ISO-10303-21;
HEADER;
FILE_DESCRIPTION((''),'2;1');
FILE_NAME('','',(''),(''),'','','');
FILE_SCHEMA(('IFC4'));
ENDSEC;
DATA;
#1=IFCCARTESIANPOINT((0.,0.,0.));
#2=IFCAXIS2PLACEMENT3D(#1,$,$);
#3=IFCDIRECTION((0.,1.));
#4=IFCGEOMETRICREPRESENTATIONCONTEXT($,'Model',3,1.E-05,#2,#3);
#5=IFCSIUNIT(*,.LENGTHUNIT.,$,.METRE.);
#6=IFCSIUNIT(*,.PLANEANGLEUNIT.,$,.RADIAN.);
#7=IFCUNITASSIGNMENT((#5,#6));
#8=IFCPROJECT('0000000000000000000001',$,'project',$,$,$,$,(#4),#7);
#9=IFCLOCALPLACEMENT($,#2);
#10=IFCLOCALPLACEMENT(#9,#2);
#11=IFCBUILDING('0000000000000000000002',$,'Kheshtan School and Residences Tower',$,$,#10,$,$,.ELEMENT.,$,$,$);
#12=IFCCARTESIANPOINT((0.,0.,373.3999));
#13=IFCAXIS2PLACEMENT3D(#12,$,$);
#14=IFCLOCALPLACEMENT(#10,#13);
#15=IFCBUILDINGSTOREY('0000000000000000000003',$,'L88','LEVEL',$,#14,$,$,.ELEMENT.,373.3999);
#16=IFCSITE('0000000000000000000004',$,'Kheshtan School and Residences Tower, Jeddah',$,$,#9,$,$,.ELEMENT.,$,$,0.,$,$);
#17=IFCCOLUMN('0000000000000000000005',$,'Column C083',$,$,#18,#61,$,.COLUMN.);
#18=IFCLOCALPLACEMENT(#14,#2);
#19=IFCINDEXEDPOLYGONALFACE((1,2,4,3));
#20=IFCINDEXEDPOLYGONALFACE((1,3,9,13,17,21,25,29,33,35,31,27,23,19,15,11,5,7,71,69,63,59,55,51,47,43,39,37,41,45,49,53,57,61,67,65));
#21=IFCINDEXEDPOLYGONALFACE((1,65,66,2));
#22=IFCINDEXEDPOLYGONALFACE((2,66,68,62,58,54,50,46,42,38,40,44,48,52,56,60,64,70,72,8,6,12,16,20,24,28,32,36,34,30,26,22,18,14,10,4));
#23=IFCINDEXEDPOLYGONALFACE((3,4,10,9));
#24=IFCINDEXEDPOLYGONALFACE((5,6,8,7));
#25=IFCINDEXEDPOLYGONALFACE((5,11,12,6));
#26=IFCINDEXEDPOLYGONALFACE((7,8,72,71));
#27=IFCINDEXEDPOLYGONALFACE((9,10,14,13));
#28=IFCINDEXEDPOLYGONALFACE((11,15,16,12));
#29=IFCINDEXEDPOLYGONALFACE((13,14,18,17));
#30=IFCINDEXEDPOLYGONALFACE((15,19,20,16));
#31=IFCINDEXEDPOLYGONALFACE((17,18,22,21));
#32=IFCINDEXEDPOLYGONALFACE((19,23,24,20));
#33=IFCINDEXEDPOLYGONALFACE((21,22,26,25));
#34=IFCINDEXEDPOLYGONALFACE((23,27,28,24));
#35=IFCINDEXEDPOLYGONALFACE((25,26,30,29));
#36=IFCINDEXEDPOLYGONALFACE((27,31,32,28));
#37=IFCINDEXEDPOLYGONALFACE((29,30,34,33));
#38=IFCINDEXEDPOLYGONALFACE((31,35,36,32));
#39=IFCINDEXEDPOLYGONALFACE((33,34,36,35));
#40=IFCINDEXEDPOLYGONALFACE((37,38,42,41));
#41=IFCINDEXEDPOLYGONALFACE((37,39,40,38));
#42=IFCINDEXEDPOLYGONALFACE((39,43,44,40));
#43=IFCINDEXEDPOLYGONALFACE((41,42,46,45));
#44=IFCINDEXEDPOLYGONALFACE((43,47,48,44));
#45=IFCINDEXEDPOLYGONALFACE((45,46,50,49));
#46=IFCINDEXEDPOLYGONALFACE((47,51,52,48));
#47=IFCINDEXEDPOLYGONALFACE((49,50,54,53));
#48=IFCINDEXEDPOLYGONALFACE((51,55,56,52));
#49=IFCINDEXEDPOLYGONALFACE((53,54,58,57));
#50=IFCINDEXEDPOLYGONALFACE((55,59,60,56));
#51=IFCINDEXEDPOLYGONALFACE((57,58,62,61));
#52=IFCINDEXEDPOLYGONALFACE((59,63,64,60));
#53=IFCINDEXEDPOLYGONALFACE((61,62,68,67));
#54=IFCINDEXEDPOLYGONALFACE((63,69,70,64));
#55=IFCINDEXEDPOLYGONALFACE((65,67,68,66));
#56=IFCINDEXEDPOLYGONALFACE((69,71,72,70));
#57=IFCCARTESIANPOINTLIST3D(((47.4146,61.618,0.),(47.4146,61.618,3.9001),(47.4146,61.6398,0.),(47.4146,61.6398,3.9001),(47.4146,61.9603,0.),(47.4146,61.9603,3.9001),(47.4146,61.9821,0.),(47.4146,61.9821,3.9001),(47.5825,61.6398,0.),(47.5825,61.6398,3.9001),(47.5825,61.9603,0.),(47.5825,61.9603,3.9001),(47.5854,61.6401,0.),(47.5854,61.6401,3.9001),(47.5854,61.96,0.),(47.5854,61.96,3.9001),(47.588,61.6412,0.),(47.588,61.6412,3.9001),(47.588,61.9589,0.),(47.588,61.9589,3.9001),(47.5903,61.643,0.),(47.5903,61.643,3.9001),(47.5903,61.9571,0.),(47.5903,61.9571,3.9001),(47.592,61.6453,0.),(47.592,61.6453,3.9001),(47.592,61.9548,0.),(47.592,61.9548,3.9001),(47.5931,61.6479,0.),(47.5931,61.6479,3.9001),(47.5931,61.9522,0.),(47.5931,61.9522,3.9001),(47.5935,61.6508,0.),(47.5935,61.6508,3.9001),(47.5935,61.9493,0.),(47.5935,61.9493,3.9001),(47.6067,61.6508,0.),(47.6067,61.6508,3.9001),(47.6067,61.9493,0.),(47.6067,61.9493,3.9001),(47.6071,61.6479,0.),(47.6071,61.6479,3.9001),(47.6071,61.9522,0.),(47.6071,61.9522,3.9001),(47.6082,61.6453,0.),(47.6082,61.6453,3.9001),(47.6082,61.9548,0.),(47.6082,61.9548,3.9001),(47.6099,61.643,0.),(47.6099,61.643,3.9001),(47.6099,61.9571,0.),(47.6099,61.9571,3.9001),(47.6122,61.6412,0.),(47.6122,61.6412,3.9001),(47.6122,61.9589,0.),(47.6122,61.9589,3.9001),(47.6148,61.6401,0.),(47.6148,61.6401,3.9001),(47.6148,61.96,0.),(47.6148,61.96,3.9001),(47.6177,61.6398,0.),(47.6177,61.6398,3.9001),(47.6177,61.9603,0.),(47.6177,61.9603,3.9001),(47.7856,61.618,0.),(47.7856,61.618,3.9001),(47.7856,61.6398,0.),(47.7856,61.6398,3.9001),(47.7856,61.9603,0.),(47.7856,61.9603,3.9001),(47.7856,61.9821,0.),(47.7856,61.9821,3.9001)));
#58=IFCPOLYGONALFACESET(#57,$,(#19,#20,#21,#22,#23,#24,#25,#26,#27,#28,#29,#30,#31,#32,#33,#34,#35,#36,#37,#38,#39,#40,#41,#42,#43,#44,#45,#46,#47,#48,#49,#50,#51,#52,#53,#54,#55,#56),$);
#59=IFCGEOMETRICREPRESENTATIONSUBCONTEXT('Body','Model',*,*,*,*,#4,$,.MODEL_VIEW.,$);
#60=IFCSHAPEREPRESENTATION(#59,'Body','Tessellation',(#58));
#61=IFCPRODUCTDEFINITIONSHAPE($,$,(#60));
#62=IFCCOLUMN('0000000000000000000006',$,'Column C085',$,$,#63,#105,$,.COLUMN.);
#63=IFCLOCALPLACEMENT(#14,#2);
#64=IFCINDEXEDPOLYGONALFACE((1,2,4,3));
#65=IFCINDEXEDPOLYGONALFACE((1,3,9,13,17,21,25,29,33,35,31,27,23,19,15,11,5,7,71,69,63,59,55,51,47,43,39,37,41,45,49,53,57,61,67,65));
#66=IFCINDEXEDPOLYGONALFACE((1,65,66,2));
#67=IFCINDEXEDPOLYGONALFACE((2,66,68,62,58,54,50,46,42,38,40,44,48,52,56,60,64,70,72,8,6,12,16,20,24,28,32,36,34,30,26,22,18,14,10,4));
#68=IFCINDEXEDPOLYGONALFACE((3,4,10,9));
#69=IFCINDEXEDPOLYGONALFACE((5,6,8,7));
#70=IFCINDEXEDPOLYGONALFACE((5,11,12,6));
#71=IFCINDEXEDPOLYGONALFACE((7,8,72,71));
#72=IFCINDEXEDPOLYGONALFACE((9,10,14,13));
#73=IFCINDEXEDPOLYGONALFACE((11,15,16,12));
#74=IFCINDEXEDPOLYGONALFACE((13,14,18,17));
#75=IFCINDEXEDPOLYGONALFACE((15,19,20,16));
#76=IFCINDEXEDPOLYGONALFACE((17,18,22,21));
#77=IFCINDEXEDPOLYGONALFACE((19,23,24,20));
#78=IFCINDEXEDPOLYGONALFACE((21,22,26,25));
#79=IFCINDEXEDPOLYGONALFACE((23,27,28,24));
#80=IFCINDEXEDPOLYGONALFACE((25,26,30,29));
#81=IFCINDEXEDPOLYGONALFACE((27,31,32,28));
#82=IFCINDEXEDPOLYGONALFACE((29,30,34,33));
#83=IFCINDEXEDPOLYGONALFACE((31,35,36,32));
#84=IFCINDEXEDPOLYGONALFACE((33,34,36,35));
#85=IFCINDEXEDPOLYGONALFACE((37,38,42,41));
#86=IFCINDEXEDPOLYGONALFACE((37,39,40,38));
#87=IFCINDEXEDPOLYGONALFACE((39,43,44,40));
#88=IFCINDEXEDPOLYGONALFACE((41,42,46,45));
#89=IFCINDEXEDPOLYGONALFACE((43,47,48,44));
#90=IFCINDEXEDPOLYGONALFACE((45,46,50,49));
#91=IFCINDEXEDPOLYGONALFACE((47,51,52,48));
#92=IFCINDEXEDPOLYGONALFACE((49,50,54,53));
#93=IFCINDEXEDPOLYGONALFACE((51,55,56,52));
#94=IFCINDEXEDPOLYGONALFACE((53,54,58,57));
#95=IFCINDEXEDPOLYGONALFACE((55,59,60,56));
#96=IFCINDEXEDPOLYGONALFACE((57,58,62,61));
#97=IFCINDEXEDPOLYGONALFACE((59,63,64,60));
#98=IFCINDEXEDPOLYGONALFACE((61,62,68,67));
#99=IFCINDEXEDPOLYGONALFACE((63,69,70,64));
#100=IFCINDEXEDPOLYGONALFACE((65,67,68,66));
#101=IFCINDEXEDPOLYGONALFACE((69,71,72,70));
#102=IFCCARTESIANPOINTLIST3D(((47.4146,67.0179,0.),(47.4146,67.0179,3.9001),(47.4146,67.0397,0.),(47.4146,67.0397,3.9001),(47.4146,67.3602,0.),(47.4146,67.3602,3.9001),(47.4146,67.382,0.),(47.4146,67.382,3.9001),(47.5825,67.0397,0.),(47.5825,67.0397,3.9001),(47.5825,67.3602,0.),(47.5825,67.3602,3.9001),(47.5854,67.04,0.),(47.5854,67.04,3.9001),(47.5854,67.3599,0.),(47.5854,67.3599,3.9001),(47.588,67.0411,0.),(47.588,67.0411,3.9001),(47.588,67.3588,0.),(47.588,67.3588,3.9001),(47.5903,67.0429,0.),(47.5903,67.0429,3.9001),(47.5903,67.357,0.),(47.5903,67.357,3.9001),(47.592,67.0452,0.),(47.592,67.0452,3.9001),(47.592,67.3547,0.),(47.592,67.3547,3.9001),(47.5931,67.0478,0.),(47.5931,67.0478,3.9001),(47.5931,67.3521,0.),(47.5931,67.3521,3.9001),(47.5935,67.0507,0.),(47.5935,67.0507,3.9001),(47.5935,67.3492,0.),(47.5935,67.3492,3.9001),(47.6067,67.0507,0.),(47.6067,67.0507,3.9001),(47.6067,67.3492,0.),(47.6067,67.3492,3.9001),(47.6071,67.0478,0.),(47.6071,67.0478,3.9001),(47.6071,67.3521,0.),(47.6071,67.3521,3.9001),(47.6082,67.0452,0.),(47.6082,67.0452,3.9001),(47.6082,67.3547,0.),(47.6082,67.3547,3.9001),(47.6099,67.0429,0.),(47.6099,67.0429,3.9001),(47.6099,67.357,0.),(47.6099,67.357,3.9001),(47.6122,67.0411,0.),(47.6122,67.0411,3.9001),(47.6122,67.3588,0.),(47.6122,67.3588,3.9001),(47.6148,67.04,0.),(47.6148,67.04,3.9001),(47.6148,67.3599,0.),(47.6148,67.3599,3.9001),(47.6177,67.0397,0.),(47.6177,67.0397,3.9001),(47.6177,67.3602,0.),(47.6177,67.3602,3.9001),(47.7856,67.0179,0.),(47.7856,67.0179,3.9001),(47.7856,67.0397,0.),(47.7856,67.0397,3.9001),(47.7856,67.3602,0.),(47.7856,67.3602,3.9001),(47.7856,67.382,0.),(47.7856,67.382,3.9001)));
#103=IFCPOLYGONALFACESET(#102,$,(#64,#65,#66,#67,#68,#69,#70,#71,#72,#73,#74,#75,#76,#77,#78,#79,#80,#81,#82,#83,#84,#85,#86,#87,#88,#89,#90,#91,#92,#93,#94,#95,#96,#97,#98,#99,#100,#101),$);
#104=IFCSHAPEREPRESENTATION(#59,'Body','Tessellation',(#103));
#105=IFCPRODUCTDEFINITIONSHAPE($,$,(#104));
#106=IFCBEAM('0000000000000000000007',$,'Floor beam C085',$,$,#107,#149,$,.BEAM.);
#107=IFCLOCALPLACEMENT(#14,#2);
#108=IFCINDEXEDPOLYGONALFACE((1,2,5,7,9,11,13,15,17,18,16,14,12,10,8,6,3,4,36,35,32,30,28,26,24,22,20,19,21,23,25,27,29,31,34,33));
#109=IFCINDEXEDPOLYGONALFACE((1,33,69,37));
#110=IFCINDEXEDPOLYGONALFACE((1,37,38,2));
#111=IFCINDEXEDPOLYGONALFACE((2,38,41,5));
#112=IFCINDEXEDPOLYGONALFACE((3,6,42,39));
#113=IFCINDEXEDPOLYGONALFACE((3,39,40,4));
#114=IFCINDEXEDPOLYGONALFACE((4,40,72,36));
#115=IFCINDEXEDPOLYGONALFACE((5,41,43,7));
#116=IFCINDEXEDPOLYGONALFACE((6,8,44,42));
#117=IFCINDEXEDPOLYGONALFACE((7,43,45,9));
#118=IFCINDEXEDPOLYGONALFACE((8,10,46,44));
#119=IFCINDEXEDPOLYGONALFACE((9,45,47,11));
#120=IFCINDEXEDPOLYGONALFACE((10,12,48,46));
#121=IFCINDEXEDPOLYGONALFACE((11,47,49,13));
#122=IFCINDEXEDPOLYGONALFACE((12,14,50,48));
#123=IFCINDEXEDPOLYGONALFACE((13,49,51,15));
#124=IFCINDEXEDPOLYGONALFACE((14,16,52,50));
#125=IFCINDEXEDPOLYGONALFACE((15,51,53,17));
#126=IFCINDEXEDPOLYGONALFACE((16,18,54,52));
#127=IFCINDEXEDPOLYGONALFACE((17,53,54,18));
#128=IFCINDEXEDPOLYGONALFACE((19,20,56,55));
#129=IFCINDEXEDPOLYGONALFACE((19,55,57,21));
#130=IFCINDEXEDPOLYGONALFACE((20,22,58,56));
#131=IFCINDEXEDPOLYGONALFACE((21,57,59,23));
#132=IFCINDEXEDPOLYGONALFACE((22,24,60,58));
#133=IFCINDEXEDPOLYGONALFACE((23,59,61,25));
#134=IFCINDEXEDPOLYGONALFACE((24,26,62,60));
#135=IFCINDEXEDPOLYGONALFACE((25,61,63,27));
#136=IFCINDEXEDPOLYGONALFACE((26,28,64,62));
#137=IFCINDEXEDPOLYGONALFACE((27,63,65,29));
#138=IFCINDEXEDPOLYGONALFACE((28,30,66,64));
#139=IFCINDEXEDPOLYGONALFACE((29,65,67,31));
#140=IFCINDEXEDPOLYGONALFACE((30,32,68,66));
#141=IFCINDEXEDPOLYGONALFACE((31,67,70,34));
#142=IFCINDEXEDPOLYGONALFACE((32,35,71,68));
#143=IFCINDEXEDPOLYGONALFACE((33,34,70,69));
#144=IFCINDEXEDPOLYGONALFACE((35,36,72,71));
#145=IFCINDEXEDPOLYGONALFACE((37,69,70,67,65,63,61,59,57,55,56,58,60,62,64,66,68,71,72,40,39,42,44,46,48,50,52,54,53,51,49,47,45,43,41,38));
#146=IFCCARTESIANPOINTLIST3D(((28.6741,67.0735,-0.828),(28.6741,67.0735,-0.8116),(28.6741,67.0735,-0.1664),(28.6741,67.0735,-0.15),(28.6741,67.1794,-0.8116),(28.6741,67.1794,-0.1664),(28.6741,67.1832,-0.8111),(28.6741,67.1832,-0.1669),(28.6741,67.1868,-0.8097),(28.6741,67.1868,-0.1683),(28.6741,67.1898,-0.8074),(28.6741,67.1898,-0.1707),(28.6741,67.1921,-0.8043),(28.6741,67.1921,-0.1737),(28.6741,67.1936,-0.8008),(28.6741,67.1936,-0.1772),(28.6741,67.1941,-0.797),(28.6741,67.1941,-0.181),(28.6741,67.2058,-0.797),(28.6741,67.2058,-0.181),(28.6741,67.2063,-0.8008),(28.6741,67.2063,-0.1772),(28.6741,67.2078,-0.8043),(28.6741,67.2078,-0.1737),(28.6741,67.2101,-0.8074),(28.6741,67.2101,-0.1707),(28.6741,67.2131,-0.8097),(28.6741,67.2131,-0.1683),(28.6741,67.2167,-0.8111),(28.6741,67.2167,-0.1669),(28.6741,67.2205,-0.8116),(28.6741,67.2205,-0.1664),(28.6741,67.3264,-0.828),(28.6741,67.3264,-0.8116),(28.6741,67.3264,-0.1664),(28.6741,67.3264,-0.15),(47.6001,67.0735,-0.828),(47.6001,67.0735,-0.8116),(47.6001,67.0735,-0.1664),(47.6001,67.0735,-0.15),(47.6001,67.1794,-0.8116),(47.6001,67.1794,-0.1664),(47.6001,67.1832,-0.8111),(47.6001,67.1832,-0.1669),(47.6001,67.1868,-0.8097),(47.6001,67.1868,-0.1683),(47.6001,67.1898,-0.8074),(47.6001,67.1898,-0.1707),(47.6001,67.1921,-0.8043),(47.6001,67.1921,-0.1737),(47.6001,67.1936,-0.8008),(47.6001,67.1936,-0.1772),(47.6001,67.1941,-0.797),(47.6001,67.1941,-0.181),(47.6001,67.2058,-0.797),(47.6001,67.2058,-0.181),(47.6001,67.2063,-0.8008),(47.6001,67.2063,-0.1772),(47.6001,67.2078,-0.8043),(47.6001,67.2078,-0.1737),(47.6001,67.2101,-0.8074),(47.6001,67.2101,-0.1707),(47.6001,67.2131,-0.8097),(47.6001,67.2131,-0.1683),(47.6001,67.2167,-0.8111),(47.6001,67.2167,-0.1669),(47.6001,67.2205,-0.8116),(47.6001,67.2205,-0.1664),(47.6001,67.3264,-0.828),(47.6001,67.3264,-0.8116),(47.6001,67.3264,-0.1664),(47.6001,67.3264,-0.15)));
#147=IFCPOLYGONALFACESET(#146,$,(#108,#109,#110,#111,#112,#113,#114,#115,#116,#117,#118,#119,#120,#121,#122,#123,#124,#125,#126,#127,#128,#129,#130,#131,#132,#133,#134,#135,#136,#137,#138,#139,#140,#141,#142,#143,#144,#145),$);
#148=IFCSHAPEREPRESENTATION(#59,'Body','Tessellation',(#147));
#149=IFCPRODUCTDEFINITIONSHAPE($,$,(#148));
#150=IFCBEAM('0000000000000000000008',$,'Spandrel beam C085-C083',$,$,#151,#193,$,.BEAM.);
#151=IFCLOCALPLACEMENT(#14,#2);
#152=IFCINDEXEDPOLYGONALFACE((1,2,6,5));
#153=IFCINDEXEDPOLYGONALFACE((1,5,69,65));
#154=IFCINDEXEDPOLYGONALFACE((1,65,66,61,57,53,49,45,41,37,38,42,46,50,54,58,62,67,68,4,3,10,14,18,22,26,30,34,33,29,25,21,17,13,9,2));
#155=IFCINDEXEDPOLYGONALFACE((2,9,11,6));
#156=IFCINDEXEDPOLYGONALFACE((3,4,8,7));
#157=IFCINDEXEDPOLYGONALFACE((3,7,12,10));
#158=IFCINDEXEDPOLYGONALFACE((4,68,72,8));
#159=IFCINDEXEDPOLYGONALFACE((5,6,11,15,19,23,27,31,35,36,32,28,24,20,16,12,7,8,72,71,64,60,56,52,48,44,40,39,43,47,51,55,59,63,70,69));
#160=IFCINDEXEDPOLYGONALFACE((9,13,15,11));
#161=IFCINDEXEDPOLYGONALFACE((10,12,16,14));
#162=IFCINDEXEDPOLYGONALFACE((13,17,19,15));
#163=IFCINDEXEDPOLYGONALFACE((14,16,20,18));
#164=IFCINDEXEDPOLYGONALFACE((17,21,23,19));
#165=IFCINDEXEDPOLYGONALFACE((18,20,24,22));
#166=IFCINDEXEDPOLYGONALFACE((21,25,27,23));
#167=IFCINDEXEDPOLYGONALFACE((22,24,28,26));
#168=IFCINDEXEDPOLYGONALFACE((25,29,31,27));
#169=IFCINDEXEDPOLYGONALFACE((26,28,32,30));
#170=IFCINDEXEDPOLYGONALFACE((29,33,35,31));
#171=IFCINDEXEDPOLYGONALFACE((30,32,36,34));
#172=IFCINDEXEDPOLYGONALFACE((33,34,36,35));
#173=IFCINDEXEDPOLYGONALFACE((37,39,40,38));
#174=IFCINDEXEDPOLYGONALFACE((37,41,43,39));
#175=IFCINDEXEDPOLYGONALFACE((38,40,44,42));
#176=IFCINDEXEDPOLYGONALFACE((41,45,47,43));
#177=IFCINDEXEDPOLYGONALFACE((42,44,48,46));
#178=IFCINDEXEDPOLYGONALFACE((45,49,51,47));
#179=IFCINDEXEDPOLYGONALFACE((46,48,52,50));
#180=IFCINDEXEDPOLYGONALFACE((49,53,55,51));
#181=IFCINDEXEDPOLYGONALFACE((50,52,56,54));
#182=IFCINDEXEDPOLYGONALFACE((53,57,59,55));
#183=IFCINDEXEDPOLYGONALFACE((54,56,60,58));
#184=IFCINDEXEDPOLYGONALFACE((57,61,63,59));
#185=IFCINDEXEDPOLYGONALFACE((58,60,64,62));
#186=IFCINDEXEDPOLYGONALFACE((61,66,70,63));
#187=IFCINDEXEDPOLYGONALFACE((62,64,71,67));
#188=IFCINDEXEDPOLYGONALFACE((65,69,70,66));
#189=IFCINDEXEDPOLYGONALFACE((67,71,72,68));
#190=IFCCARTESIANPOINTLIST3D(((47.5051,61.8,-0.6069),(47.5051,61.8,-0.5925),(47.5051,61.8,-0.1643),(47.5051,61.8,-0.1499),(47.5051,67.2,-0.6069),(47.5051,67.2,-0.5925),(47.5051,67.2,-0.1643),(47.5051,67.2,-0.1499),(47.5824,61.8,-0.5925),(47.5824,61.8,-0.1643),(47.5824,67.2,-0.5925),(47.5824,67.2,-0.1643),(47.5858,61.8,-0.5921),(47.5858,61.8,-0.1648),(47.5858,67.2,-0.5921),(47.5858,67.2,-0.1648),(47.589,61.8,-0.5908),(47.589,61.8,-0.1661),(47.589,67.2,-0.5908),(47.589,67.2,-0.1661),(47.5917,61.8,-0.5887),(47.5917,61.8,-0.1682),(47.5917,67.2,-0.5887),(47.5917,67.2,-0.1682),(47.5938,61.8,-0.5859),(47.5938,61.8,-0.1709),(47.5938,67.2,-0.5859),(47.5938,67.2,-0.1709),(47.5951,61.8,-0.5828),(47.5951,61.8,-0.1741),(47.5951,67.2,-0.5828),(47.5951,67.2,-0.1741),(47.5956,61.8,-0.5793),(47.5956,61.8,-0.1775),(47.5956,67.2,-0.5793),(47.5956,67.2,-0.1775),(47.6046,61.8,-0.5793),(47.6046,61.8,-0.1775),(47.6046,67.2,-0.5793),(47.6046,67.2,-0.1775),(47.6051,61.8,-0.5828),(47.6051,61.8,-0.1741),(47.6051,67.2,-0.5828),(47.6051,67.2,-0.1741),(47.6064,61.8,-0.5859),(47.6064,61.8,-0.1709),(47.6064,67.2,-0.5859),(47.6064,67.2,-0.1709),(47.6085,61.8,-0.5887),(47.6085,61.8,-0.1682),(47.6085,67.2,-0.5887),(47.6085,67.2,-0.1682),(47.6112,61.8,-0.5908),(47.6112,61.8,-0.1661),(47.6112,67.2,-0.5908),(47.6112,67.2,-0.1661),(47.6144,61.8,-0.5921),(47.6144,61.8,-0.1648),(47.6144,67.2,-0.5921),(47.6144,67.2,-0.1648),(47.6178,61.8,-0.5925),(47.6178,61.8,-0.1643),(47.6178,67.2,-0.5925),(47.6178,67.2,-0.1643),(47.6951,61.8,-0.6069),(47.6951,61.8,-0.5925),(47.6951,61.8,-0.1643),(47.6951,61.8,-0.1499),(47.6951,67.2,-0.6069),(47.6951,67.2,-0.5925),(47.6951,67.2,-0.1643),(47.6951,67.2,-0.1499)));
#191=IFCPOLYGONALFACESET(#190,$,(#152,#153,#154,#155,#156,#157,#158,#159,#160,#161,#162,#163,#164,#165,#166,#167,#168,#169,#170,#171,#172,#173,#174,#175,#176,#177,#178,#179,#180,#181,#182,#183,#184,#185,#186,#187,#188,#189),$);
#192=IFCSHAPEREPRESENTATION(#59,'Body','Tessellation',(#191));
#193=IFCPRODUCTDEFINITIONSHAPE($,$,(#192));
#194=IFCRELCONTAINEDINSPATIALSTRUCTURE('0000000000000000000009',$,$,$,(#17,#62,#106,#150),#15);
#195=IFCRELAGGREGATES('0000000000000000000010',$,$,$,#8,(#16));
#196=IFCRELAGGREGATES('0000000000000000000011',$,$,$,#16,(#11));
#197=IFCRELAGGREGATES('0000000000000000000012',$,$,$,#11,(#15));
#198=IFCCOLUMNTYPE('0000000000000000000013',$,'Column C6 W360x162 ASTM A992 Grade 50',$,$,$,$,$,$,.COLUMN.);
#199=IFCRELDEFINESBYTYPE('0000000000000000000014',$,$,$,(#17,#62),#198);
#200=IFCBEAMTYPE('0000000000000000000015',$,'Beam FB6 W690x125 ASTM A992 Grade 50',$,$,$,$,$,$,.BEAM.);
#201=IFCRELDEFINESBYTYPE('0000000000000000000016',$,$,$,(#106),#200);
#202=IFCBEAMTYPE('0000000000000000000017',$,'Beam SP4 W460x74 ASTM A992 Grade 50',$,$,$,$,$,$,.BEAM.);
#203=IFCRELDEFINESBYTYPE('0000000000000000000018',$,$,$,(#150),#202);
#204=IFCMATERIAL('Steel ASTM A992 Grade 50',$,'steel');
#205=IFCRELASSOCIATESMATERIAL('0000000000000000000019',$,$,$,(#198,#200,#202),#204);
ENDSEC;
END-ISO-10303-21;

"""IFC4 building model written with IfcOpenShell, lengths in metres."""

from ifc_helpers import new_model, si_unit, direction, frame, origin, origin_2d, place, context, subcontext, project, spatial, i_section, extrude, material, material_profile, profile_set, type_object, element, save


model = new_model("IFC4")

# Units and contexts
model_context = context("Model", 3, precision=1e-05, world=origin(), true_north=direction((0.0, 1.0)))
body_context = subcontext(model_context, "Body", "Model", "MODEL_VIEW")
ifc_project = project(units=[si_unit("LENGTHUNIT", "METRE"), si_unit("PLANEANGLEUNIT", "RADIAN")], contexts=[model_context])

# Site, building, storey
site_placement = place(None, origin())
site = spatial("IfcSite", under=ifc_project, at=site_placement, Name="Kheshtan School and Residences Tower, Jeddah", CompositionType="ELEMENT", RefElevation=0.0)
building_placement = place(site_placement, origin())
building = spatial("IfcBuilding", under=site, at=building_placement, Name="Kheshtan School and Residences Tower", CompositionType="ELEMENT")
storey_placement = place(building_placement, frame((0.0, 0.0, 373.3999)))
storey = spatial("IfcBuildingStorey", under=building, at=storey_placement, Name="L88", Description="LEVEL", CompositionType="ELEMENT", Elevation=373.3999)

# Columns
ifc_material_1 = material(Name="Steel ASTM A992 Grade 50", Category="steel")
ifc_material_profile_1 = material_profile(ifc_material_1, i_section(OverallWidth=0.3711, OverallDepth=0.364, WebThickness=0.0132, FlangeThickness=0.0217, FilletRadius=0.011, at=origin_2d()), Name="W360x162")
ifc_profile_set_1 = profile_set([ifc_material_profile_1], Name="Steel ASTM A992 Grade 50")
column_type = type_object("IfcColumnType", Name="Column C6 W360x162 ASTM A992 Grade 50", PredefinedType="COLUMN", material=ifc_profile_set_1)
for number, where, z_axis, x_axis, name in (
    (1, (47.6001, 61.8, 0.0), (0.0, 0.0, 1.0), (1.0, 0.0, 0.0), "Column C083"),
    (2, (47.6001, 67.2, 0.0), (0.0, 0.0, 1.0), (1.0, 0.0, 0.0), "Column C085"),
):
    element("IfcColumn", number, at=place(storey_placement, frame(where, z_axis=z_axis, x_axis=x_axis)), inside=storey, type_object=column_type, Name=name, PredefinedType="COLUMN", context=body_context, shape_type="SweptSolid", body=[
        extrude(i_section(OverallWidth=0.3711, OverallDepth=0.364, WebThickness=0.0132, FlangeThickness=0.0217, FilletRadius=0.011, at=origin_2d()), origin(), (0.0, 0.0, 1.0), 3.9001),
    ])

# Beams
ifc_material_profile_2 = material_profile(ifc_material_1, i_section(OverallWidth=0.2529, OverallDepth=0.678, WebThickness=0.0117, FlangeThickness=0.0164, FilletRadius=0.0146, at=origin_2d()), Name="W690x125")
ifc_profile_set_2 = profile_set([ifc_material_profile_2], Name="Steel ASTM A992 Grade 50")
beam_type_1 = type_object("IfcBeamType", Name="Beam FB6 W690x125 ASTM A992 Grade 50", PredefinedType="BEAM", material=ifc_profile_set_2)
beam_1_placement = place(storey_placement, frame((47.6001, 67.2, -0.489), z_axis=(-1.0, 0.0, 0.0), x_axis=(0.0, -1.0, 0.0)))
element("IfcBeam", 3, at=beam_1_placement, inside=storey, type_object=beam_type_1, Name="Floor beam C085", PredefinedType="BEAM", context=body_context, shape_type="SweptSolid", body=[
    extrude(i_section(OverallWidth=0.2529, OverallDepth=0.678, WebThickness=0.0117, FlangeThickness=0.0164, FilletRadius=0.0146, at=origin_2d()), origin(), (0.0, 0.0, 1.0), 18.926),
])
ifc_material_profile_3 = material_profile(ifc_material_1, i_section(OverallWidth=0.1899, OverallDepth=0.457, WebThickness=0.009, FlangeThickness=0.0144, FilletRadius=0.0132, at=origin_2d()), Name="W460x74")
ifc_profile_set_3 = profile_set([ifc_material_profile_3], Name="Steel ASTM A992 Grade 50")
beam_type_2 = type_object("IfcBeamType", Name="Beam SP4 W460x74 ASTM A992 Grade 50", PredefinedType="BEAM", material=ifc_profile_set_3)
beam_2_placement = place(storey_placement, frame((47.6001, 67.2, -0.3784), z_axis=(0.0, -1.0, 0.0), x_axis=(1.0, 0.0, 0.0)))
element("IfcBeam", 4, at=beam_2_placement, inside=storey, type_object=beam_type_2, Name="Spandrel beam C085-C083", PredefinedType="BEAM", context=body_context, shape_type="SweptSolid", body=[
    extrude(i_section(OverallWidth=0.1899, OverallDepth=0.457, WebThickness=0.009, FlangeThickness=0.0144, FilletRadius=0.0132, at=origin_2d()), origin(), (0.0, 0.0, 1.0), 5.3999),
])

save(model, "model.ifc")
